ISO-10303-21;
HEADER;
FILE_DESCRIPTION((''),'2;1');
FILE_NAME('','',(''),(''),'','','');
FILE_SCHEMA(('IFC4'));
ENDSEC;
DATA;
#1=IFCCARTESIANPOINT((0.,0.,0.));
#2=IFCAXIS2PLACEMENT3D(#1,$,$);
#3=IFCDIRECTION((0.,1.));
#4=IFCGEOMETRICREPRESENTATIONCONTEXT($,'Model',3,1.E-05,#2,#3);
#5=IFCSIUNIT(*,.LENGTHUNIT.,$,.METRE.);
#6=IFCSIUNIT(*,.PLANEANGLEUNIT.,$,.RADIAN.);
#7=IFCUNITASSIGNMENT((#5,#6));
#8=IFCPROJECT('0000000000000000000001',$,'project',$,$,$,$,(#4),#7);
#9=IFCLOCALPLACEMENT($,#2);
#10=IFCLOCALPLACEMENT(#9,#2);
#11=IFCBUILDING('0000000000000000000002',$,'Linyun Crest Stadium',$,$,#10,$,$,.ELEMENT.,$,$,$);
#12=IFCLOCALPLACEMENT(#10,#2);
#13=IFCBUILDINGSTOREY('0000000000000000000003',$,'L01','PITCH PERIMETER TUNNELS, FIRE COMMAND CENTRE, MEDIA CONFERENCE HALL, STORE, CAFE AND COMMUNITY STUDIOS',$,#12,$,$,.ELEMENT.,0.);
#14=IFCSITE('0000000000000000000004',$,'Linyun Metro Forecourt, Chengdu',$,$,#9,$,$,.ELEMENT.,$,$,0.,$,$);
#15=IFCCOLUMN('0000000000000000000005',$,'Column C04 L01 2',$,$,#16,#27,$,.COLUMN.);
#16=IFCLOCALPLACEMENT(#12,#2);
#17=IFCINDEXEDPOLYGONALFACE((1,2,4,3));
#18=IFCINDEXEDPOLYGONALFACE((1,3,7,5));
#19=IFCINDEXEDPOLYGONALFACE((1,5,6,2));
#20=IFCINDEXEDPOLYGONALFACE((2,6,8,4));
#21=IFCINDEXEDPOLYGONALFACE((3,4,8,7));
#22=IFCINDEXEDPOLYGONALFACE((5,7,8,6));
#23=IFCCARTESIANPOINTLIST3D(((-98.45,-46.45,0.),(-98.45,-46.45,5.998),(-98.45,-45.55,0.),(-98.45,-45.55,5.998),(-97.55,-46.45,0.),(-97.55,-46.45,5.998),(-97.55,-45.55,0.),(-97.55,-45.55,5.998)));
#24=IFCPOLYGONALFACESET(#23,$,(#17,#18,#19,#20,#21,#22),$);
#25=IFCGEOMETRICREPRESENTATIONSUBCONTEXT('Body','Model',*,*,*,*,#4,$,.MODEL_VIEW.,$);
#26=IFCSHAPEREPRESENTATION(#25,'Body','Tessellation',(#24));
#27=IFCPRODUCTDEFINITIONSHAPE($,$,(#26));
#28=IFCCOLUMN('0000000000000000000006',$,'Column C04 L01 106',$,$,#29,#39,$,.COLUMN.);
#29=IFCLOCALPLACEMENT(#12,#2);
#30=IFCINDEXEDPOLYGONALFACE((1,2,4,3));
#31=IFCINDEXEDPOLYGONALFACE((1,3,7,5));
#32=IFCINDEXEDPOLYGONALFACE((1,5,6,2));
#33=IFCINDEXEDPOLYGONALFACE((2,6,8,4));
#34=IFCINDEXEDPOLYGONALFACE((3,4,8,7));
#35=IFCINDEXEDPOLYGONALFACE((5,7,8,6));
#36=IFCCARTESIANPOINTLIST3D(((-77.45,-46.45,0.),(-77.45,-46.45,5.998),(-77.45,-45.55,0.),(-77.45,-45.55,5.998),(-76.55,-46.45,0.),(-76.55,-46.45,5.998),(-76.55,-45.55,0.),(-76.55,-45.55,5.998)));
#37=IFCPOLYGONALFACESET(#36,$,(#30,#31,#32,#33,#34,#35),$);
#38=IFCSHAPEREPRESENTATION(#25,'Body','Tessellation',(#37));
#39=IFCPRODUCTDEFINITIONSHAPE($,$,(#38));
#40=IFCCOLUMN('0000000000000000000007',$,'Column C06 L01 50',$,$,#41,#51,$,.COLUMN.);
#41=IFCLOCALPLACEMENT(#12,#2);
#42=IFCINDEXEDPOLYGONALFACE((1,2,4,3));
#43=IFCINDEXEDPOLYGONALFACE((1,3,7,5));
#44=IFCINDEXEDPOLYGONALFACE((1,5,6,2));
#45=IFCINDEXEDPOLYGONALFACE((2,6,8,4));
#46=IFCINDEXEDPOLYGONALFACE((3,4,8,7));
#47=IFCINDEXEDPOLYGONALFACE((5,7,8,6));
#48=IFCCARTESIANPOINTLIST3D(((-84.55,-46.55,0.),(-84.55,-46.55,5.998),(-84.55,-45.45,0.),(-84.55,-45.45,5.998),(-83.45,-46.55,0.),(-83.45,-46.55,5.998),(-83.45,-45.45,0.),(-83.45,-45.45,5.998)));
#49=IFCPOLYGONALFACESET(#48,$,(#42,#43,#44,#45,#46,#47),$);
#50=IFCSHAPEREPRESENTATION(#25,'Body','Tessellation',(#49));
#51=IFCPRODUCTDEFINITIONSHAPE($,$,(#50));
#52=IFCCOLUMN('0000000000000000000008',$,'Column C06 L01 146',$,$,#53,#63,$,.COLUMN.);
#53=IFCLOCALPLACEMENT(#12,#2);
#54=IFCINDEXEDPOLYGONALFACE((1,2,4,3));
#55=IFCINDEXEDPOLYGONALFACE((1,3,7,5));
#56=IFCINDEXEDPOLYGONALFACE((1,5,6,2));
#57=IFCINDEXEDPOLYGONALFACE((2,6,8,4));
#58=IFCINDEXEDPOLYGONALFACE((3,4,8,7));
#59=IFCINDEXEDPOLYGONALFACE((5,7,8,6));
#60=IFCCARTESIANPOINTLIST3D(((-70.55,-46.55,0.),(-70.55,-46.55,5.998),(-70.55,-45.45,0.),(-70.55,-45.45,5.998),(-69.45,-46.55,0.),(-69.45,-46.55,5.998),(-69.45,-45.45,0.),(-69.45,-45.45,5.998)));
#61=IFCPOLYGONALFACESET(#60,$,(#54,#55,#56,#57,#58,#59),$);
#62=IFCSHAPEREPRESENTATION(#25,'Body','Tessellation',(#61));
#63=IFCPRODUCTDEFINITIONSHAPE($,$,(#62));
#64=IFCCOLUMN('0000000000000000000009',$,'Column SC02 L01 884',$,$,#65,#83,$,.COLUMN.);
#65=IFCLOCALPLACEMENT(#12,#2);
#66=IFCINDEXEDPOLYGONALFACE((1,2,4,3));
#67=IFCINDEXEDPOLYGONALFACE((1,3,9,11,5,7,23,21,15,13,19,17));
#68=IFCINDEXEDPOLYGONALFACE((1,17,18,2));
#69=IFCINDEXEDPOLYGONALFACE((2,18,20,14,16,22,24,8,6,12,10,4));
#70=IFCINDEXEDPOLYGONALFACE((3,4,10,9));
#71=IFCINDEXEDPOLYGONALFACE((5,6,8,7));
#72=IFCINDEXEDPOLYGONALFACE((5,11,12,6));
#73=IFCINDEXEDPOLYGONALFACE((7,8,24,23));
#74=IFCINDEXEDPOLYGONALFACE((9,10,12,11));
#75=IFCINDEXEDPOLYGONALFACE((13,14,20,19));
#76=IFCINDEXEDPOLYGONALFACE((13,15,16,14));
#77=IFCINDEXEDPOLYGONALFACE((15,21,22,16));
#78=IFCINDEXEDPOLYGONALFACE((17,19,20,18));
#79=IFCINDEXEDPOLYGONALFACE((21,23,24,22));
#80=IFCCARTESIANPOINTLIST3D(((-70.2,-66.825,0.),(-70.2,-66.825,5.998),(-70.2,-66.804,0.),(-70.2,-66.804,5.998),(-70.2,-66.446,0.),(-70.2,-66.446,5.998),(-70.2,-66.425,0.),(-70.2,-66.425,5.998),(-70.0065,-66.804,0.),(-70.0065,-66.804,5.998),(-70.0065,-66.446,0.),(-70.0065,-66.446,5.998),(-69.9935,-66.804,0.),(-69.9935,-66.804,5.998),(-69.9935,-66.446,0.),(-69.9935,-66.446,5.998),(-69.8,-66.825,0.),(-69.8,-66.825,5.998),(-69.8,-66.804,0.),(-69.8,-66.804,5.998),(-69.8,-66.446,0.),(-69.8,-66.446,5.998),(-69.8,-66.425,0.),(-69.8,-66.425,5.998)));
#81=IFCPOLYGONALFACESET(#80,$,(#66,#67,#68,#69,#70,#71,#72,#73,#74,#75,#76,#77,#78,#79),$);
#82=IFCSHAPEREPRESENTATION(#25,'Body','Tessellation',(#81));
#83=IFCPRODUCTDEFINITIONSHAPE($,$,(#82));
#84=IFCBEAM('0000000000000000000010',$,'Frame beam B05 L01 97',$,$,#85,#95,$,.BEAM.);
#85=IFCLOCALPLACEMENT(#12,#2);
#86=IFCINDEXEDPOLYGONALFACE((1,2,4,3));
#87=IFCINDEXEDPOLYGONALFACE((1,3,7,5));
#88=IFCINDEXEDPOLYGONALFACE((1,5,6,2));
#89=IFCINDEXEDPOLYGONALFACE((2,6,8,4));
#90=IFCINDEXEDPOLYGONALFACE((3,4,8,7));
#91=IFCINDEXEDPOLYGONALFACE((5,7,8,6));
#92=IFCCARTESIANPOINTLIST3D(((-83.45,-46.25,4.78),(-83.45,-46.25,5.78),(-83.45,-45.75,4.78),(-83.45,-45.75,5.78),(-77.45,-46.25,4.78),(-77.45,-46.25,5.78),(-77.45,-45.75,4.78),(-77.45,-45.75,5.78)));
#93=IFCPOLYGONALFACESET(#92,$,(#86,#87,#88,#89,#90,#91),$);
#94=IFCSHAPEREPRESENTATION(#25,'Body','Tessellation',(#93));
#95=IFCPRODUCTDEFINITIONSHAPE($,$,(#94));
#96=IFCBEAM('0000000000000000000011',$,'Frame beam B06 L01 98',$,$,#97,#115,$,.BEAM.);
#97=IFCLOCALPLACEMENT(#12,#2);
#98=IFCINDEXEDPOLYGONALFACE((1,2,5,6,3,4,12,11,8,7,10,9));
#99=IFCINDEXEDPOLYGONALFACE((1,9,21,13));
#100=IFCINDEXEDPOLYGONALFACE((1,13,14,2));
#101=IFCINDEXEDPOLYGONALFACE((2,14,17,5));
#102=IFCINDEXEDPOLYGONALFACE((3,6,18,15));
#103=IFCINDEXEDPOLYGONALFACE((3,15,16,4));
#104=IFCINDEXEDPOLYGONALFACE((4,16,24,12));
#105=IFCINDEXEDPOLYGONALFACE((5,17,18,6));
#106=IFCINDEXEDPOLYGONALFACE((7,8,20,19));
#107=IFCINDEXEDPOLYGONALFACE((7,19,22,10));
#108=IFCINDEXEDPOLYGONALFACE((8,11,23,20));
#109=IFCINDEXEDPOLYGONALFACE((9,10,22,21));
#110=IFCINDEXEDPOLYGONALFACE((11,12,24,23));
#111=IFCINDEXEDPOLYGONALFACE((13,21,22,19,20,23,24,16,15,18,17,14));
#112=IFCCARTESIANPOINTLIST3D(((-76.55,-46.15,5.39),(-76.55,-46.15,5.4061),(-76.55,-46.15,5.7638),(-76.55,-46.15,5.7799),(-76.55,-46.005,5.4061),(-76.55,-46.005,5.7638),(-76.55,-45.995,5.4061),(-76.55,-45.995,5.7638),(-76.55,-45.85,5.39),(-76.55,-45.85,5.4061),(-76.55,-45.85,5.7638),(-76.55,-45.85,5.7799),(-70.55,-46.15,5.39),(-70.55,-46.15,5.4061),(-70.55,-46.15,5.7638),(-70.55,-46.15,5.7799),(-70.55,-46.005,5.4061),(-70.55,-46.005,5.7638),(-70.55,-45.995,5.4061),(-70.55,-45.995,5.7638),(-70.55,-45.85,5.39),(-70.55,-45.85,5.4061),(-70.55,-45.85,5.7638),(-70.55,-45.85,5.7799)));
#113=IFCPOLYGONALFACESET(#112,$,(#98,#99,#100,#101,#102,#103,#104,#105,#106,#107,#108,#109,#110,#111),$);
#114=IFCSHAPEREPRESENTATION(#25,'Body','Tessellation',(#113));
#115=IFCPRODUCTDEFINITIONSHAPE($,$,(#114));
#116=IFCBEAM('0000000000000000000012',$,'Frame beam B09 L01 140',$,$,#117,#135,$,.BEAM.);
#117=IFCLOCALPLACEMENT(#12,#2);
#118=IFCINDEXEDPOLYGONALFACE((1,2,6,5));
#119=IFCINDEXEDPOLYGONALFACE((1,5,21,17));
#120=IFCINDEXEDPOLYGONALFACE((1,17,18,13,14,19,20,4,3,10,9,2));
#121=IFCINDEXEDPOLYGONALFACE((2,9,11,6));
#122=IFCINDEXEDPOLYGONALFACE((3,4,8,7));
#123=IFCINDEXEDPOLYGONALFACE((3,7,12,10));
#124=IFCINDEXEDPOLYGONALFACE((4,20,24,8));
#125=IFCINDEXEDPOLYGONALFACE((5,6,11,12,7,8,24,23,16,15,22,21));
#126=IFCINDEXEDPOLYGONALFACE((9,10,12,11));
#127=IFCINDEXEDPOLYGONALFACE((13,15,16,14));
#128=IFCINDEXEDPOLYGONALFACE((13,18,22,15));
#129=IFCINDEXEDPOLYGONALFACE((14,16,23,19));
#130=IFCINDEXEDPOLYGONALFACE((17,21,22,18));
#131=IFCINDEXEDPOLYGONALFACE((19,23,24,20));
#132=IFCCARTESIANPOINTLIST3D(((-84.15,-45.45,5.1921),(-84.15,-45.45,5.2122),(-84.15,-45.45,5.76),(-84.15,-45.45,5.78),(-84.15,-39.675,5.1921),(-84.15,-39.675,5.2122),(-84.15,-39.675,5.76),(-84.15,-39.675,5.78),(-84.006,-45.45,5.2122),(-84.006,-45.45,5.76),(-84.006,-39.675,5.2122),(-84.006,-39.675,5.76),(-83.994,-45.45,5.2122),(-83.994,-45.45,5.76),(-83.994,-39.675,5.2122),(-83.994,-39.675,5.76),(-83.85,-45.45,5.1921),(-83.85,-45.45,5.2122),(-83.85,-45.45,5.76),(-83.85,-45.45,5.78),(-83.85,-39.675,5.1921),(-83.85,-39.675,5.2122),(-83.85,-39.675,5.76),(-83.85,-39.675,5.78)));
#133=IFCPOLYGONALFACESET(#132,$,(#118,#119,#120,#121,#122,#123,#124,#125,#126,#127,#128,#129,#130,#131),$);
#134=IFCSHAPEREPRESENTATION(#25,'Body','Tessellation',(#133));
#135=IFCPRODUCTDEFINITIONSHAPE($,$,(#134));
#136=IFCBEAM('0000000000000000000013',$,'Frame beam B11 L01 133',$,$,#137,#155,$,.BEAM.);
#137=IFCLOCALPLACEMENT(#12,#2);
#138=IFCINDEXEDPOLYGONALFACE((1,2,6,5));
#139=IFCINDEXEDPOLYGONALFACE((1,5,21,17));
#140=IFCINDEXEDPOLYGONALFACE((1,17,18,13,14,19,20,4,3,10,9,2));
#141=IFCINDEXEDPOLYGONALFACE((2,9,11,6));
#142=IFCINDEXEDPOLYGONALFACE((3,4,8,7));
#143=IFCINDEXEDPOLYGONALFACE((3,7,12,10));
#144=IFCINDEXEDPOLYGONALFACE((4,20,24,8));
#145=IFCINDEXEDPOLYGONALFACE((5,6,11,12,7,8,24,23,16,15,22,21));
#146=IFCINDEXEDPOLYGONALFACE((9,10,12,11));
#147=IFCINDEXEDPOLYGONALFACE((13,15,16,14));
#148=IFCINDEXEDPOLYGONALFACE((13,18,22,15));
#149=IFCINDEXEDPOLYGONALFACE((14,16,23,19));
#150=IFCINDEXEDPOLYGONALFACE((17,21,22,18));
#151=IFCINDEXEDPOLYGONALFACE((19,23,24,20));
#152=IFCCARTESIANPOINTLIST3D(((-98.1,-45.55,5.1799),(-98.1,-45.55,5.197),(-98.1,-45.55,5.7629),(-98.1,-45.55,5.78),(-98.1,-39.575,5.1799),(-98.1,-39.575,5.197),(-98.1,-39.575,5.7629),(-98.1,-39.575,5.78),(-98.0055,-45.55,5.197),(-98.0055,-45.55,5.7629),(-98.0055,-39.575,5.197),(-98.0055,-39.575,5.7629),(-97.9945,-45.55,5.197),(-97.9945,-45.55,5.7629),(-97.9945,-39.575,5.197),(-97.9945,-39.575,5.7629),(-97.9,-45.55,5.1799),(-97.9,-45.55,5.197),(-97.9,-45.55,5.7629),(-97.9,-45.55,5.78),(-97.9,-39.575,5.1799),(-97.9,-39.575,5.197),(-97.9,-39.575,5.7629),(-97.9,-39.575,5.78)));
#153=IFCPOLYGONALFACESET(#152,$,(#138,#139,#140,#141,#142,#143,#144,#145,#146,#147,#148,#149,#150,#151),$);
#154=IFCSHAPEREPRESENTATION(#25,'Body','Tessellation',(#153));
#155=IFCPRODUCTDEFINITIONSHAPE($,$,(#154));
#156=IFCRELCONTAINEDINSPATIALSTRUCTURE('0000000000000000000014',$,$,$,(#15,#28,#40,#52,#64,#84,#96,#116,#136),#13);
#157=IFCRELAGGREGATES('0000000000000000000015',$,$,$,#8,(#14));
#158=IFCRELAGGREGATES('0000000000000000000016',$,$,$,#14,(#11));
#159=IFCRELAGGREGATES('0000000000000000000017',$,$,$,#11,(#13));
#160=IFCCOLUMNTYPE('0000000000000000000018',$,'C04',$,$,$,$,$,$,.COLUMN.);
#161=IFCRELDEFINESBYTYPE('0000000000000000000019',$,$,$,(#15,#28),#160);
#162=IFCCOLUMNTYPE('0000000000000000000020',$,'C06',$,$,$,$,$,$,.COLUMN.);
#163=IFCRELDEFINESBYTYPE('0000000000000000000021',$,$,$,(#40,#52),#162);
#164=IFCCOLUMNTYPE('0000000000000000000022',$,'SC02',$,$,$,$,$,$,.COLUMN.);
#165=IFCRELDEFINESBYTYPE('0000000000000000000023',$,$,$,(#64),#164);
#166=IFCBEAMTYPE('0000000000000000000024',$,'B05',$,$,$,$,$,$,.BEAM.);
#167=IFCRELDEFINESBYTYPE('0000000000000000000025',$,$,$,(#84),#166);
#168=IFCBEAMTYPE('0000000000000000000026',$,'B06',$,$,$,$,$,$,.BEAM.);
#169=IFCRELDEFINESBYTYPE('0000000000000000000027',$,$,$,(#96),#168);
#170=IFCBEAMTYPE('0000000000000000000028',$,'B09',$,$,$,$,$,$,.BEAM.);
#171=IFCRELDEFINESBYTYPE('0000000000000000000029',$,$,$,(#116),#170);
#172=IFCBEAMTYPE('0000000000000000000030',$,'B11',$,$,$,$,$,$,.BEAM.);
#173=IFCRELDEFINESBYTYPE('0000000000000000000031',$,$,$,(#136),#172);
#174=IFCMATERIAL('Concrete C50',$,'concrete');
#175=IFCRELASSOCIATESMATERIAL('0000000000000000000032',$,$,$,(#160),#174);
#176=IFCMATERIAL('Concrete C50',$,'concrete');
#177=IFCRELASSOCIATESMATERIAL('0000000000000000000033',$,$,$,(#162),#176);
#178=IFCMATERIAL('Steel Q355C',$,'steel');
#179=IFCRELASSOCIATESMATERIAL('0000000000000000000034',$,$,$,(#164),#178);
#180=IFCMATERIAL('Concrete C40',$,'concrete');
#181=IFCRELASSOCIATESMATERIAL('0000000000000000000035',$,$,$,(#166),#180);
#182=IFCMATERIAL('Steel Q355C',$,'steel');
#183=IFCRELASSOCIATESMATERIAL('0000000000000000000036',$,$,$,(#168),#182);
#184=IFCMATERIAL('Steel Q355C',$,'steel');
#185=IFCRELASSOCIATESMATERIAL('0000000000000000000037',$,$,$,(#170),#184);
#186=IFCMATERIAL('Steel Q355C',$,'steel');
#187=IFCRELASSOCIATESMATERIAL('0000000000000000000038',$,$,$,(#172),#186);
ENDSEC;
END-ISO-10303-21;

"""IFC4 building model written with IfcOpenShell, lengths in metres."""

from ifc_helpers import new_model, si_unit, direction, frame, origin, origin_2d, place, context, subcontext, project, spatial, rectangle, i_section, extrude, material, material_profile, profile_set, type_object, element, save


model = new_model("IFC4")

# Units and contexts
model_context = context("Model", 3, precision=1e-05, world=origin(), true_north=direction((0.0, 1.0)))
body_context = subcontext(model_context, "Body", "Model", "MODEL_VIEW")
ifc_project = project(units=[si_unit("LENGTHUNIT", "METRE"), si_unit("PLANEANGLEUNIT", "RADIAN")], contexts=[model_context])

# Site, building, storey
site_placement = place(None, origin())
site = spatial("IfcSite", under=ifc_project, at=site_placement, Name="Linyun Metro Forecourt, Chengdu", CompositionType="ELEMENT", RefElevation=0.0)
building_placement = place(site_placement, origin())
building = spatial("IfcBuilding", under=site, at=building_placement, Name="Linyun Crest Stadium", CompositionType="ELEMENT")
storey_placement = place(building_placement, origin())
storey = spatial("IfcBuildingStorey", under=building, at=storey_placement, Name="L01", Description="PITCH PERIMETER TUNNELS, FIRE COMMAND CENTRE, MEDIA CONFERENCE HALL, STORE, CAFE AND COMMUNITY STUDIOS", CompositionType="ELEMENT", Elevation=0.0)

# Columns
ifc_material_1 = material(Name="Concrete C50", Category="concrete")
ifc_material_profile_1 = material_profile(ifc_material_1, rectangle(XDim=0.8999, YDim=0.8999, at=origin_2d()), Name="RC 900x900")
ifc_profile_set_1 = profile_set([ifc_material_profile_1], Name="Concrete C50")
column_type_1 = type_object("IfcColumnType", Name="C04", PredefinedType="COLUMN", material=ifc_profile_set_1)
for number, where, z_axis, x_axis, name in (
    (1, (-98.0, -46.0, 0.0), (0.0, 0.0, 1.0), (1.0, 0.0, 0.0), "Column C04 L01 2"),
    (2, (-77.0, -46.0, 0.0), (0.0, 0.0, 1.0), (1.0, 0.0, 0.0), "Column C04 L01 106"),
):
    element("IfcColumn", number, at=place(storey_placement, frame(where, z_axis=z_axis, x_axis=x_axis)), inside=storey, type_object=column_type_1, Name=name, PredefinedType="COLUMN", context=body_context, shape_type="SweptSolid", body=[
        extrude(rectangle(XDim=0.8999, YDim=0.8999, at=origin_2d()), origin(), (0.0, 0.0, 1.0), 5.998),
    ])
ifc_material_2 = material(Name="Concrete C50", Category="concrete")
ifc_material_profile_2 = material_profile(ifc_material_2, rectangle(XDim=1.1001, YDim=1.1001, at=origin_2d()), Name="RC 1100x1100")
ifc_profile_set_2 = profile_set([ifc_material_profile_2], Name="Concrete C50")
column_type_2 = type_object("IfcColumnType", Name="C06", PredefinedType="COLUMN", material=ifc_profile_set_2)
for number, where, z_axis, x_axis, name in (
    (3, (-84.0, -46.0, 0.0), (0.0, 0.0, 1.0), (1.0, 0.0, 0.0), "Column C06 L01 50"),
    (4, (-70.0, -46.0, 0.0), (0.0, 0.0, 1.0), (1.0, 0.0, 0.0), "Column C06 L01 146"),
):
    element("IfcColumn", number, at=place(storey_placement, frame(where, z_axis=z_axis, x_axis=x_axis)), inside=storey, type_object=column_type_2, Name=name, PredefinedType="COLUMN", context=body_context, shape_type="SweptSolid", body=[
        extrude(rectangle(XDim=1.1001, YDim=1.1001, at=origin_2d()), origin(), (0.0, 0.0, 1.0), 5.998),
    ])
ifc_material_3 = material(Name="Steel Q355C", Category="steel")
ifc_material_profile_3 = material_profile(ifc_material_3, i_section(OverallWidth=0.3999, OverallDepth=0.3999, WebThickness=0.0129, FlangeThickness=0.021, at=origin_2d()), Name="HW 400x400")
ifc_profile_set_3 = profile_set([ifc_material_profile_3], Name="Steel Q355C")
column_type_3 = type_object("IfcColumnType", Name="SC02", PredefinedType="COLUMN", material=ifc_profile_set_3)
column_placement = place(storey_placement, frame((-70.0, -66.625, 0.0), z_axis=(0.0, 0.0, 1.0), x_axis=(1.0, 0.0, 0.0)))
element("IfcColumn", 5, at=column_placement, inside=storey, type_object=column_type_3, Name="Column SC02 L01 884", PredefinedType="COLUMN", context=body_context, shape_type="SweptSolid", body=[
    extrude(i_section(OverallWidth=0.3999, OverallDepth=0.3999, WebThickness=0.0129, FlangeThickness=0.021, at=origin_2d()), origin(), (0.0, 0.0, 1.0), 5.998),
])

# Beams
ifc_material_4 = material(Name="Concrete C40", Category="concrete")
ifc_material_profile_4 = material_profile(ifc_material_4, rectangle(XDim=0.5, YDim=1.0, at=origin_2d()), Name="RCB 1000x500")
ifc_profile_set_4 = profile_set([ifc_material_profile_4], Name="Concrete C40")
beam_type_1 = type_object("IfcBeamType", Name="B05", PredefinedType="BEAM", material=ifc_profile_set_4)
beam_1_placement = place(storey_placement, frame((-83.45, -46.0, 5.28), z_axis=(1.0, 0.0, 0.0), x_axis=(0.0, 1.0, 0.0)))
element("IfcBeam", 6, at=beam_1_placement, inside=storey, type_object=beam_type_1, Name="Frame beam B05 L01 97", PredefinedType="BEAM", context=body_context, shape_type="SweptSolid", body=[
    extrude(rectangle(XDim=0.5, YDim=1.0, at=origin_2d()), origin(), (0.0, 0.0, 1.0), 6.0),
])
ifc_material_5 = material(Name="Steel Q355C", Category="steel")
ifc_material_profile_5 = material_profile(ifc_material_5, i_section(OverallWidth=0.3, OverallDepth=0.3899, WebThickness=0.01, FlangeThickness=0.0161, at=origin_2d()), Name="HM 390x300")
ifc_profile_set_5 = profile_set([ifc_material_profile_5], Name="Steel Q355C")
beam_type_2 = type_object("IfcBeamType", Name="B06", PredefinedType="BEAM", material=ifc_profile_set_5)
beam_2_placement = place(storey_placement, frame((-76.55, -46.0, 5.585), z_axis=(1.0, 0.0, 0.0), x_axis=(0.0, 1.0, 0.0)))
element("IfcBeam", 7, at=beam_2_placement, inside=storey, type_object=beam_type_2, Name="Frame beam B06 L01 98", PredefinedType="BEAM", context=body_context, shape_type="SweptSolid", body=[
    extrude(i_section(OverallWidth=0.3, OverallDepth=0.3899, WebThickness=0.01, FlangeThickness=0.0161, at=origin_2d()), origin(), (0.0, 0.0, 1.0), 6.0),
])
ifc_material_6 = material(Name="Steel Q355C", Category="steel")
ifc_material_profile_6 = material_profile(ifc_material_6, i_section(OverallWidth=0.3, OverallDepth=0.5879, WebThickness=0.012, FlangeThickness=0.02, at=origin_2d()), Name="HM 588x300")
ifc_profile_set_6 = profile_set([ifc_material_profile_6], Name="Steel Q355C")
beam_type_3 = type_object("IfcBeamType", Name="B09", PredefinedType="BEAM", material=ifc_profile_set_6)
beam_3_placement = place(storey_placement, frame((-84.0, -45.45, 5.4861), z_axis=(0.0, 1.0, 0.0), x_axis=(-1.0, 0.0, 0.0)))
element("IfcBeam", 8, at=beam_3_placement, inside=storey, type_object=beam_type_3, Name="Frame beam B09 L01 140", PredefinedType="BEAM", context=body_context, shape_type="SweptSolid", body=[
    extrude(i_section(OverallWidth=0.3, OverallDepth=0.5879, WebThickness=0.012, FlangeThickness=0.02, at=origin_2d()), origin(), (0.0, 0.0, 1.0), 5.7749),
])
ifc_material_7 = material(Name="Steel Q355C", Category="steel")
ifc_material_profile_7 = material_profile(ifc_material_7, i_section(OverallWidth=0.2, OverallDepth=0.6001, WebThickness=0.011, FlangeThickness=0.0171, at=origin_2d()), Name="HN 600x200")
ifc_profile_set_7 = profile_set([ifc_material_profile_7], Name="Steel Q355C")
beam_type_4 = type_object("IfcBeamType", Name="B11", PredefinedType="BEAM", material=ifc_profile_set_7)
beam_4_placement = place(storey_placement, frame((-98.0, -45.55, 5.48), z_axis=(0.0, 1.0, 0.0), x_axis=(-1.0, 0.0, 0.0)))
element("IfcBeam", 9, at=beam_4_placement, inside=storey, type_object=beam_type_4, Name="Frame beam B11 L01 133", PredefinedType="BEAM", context=body_context, shape_type="SweptSolid", body=[
    extrude(i_section(OverallWidth=0.2, OverallDepth=0.6001, WebThickness=0.011, FlangeThickness=0.0171, at=origin_2d()), origin(), (0.0, 0.0, 1.0), 5.9751),
])

save(model, "model.ifc")
